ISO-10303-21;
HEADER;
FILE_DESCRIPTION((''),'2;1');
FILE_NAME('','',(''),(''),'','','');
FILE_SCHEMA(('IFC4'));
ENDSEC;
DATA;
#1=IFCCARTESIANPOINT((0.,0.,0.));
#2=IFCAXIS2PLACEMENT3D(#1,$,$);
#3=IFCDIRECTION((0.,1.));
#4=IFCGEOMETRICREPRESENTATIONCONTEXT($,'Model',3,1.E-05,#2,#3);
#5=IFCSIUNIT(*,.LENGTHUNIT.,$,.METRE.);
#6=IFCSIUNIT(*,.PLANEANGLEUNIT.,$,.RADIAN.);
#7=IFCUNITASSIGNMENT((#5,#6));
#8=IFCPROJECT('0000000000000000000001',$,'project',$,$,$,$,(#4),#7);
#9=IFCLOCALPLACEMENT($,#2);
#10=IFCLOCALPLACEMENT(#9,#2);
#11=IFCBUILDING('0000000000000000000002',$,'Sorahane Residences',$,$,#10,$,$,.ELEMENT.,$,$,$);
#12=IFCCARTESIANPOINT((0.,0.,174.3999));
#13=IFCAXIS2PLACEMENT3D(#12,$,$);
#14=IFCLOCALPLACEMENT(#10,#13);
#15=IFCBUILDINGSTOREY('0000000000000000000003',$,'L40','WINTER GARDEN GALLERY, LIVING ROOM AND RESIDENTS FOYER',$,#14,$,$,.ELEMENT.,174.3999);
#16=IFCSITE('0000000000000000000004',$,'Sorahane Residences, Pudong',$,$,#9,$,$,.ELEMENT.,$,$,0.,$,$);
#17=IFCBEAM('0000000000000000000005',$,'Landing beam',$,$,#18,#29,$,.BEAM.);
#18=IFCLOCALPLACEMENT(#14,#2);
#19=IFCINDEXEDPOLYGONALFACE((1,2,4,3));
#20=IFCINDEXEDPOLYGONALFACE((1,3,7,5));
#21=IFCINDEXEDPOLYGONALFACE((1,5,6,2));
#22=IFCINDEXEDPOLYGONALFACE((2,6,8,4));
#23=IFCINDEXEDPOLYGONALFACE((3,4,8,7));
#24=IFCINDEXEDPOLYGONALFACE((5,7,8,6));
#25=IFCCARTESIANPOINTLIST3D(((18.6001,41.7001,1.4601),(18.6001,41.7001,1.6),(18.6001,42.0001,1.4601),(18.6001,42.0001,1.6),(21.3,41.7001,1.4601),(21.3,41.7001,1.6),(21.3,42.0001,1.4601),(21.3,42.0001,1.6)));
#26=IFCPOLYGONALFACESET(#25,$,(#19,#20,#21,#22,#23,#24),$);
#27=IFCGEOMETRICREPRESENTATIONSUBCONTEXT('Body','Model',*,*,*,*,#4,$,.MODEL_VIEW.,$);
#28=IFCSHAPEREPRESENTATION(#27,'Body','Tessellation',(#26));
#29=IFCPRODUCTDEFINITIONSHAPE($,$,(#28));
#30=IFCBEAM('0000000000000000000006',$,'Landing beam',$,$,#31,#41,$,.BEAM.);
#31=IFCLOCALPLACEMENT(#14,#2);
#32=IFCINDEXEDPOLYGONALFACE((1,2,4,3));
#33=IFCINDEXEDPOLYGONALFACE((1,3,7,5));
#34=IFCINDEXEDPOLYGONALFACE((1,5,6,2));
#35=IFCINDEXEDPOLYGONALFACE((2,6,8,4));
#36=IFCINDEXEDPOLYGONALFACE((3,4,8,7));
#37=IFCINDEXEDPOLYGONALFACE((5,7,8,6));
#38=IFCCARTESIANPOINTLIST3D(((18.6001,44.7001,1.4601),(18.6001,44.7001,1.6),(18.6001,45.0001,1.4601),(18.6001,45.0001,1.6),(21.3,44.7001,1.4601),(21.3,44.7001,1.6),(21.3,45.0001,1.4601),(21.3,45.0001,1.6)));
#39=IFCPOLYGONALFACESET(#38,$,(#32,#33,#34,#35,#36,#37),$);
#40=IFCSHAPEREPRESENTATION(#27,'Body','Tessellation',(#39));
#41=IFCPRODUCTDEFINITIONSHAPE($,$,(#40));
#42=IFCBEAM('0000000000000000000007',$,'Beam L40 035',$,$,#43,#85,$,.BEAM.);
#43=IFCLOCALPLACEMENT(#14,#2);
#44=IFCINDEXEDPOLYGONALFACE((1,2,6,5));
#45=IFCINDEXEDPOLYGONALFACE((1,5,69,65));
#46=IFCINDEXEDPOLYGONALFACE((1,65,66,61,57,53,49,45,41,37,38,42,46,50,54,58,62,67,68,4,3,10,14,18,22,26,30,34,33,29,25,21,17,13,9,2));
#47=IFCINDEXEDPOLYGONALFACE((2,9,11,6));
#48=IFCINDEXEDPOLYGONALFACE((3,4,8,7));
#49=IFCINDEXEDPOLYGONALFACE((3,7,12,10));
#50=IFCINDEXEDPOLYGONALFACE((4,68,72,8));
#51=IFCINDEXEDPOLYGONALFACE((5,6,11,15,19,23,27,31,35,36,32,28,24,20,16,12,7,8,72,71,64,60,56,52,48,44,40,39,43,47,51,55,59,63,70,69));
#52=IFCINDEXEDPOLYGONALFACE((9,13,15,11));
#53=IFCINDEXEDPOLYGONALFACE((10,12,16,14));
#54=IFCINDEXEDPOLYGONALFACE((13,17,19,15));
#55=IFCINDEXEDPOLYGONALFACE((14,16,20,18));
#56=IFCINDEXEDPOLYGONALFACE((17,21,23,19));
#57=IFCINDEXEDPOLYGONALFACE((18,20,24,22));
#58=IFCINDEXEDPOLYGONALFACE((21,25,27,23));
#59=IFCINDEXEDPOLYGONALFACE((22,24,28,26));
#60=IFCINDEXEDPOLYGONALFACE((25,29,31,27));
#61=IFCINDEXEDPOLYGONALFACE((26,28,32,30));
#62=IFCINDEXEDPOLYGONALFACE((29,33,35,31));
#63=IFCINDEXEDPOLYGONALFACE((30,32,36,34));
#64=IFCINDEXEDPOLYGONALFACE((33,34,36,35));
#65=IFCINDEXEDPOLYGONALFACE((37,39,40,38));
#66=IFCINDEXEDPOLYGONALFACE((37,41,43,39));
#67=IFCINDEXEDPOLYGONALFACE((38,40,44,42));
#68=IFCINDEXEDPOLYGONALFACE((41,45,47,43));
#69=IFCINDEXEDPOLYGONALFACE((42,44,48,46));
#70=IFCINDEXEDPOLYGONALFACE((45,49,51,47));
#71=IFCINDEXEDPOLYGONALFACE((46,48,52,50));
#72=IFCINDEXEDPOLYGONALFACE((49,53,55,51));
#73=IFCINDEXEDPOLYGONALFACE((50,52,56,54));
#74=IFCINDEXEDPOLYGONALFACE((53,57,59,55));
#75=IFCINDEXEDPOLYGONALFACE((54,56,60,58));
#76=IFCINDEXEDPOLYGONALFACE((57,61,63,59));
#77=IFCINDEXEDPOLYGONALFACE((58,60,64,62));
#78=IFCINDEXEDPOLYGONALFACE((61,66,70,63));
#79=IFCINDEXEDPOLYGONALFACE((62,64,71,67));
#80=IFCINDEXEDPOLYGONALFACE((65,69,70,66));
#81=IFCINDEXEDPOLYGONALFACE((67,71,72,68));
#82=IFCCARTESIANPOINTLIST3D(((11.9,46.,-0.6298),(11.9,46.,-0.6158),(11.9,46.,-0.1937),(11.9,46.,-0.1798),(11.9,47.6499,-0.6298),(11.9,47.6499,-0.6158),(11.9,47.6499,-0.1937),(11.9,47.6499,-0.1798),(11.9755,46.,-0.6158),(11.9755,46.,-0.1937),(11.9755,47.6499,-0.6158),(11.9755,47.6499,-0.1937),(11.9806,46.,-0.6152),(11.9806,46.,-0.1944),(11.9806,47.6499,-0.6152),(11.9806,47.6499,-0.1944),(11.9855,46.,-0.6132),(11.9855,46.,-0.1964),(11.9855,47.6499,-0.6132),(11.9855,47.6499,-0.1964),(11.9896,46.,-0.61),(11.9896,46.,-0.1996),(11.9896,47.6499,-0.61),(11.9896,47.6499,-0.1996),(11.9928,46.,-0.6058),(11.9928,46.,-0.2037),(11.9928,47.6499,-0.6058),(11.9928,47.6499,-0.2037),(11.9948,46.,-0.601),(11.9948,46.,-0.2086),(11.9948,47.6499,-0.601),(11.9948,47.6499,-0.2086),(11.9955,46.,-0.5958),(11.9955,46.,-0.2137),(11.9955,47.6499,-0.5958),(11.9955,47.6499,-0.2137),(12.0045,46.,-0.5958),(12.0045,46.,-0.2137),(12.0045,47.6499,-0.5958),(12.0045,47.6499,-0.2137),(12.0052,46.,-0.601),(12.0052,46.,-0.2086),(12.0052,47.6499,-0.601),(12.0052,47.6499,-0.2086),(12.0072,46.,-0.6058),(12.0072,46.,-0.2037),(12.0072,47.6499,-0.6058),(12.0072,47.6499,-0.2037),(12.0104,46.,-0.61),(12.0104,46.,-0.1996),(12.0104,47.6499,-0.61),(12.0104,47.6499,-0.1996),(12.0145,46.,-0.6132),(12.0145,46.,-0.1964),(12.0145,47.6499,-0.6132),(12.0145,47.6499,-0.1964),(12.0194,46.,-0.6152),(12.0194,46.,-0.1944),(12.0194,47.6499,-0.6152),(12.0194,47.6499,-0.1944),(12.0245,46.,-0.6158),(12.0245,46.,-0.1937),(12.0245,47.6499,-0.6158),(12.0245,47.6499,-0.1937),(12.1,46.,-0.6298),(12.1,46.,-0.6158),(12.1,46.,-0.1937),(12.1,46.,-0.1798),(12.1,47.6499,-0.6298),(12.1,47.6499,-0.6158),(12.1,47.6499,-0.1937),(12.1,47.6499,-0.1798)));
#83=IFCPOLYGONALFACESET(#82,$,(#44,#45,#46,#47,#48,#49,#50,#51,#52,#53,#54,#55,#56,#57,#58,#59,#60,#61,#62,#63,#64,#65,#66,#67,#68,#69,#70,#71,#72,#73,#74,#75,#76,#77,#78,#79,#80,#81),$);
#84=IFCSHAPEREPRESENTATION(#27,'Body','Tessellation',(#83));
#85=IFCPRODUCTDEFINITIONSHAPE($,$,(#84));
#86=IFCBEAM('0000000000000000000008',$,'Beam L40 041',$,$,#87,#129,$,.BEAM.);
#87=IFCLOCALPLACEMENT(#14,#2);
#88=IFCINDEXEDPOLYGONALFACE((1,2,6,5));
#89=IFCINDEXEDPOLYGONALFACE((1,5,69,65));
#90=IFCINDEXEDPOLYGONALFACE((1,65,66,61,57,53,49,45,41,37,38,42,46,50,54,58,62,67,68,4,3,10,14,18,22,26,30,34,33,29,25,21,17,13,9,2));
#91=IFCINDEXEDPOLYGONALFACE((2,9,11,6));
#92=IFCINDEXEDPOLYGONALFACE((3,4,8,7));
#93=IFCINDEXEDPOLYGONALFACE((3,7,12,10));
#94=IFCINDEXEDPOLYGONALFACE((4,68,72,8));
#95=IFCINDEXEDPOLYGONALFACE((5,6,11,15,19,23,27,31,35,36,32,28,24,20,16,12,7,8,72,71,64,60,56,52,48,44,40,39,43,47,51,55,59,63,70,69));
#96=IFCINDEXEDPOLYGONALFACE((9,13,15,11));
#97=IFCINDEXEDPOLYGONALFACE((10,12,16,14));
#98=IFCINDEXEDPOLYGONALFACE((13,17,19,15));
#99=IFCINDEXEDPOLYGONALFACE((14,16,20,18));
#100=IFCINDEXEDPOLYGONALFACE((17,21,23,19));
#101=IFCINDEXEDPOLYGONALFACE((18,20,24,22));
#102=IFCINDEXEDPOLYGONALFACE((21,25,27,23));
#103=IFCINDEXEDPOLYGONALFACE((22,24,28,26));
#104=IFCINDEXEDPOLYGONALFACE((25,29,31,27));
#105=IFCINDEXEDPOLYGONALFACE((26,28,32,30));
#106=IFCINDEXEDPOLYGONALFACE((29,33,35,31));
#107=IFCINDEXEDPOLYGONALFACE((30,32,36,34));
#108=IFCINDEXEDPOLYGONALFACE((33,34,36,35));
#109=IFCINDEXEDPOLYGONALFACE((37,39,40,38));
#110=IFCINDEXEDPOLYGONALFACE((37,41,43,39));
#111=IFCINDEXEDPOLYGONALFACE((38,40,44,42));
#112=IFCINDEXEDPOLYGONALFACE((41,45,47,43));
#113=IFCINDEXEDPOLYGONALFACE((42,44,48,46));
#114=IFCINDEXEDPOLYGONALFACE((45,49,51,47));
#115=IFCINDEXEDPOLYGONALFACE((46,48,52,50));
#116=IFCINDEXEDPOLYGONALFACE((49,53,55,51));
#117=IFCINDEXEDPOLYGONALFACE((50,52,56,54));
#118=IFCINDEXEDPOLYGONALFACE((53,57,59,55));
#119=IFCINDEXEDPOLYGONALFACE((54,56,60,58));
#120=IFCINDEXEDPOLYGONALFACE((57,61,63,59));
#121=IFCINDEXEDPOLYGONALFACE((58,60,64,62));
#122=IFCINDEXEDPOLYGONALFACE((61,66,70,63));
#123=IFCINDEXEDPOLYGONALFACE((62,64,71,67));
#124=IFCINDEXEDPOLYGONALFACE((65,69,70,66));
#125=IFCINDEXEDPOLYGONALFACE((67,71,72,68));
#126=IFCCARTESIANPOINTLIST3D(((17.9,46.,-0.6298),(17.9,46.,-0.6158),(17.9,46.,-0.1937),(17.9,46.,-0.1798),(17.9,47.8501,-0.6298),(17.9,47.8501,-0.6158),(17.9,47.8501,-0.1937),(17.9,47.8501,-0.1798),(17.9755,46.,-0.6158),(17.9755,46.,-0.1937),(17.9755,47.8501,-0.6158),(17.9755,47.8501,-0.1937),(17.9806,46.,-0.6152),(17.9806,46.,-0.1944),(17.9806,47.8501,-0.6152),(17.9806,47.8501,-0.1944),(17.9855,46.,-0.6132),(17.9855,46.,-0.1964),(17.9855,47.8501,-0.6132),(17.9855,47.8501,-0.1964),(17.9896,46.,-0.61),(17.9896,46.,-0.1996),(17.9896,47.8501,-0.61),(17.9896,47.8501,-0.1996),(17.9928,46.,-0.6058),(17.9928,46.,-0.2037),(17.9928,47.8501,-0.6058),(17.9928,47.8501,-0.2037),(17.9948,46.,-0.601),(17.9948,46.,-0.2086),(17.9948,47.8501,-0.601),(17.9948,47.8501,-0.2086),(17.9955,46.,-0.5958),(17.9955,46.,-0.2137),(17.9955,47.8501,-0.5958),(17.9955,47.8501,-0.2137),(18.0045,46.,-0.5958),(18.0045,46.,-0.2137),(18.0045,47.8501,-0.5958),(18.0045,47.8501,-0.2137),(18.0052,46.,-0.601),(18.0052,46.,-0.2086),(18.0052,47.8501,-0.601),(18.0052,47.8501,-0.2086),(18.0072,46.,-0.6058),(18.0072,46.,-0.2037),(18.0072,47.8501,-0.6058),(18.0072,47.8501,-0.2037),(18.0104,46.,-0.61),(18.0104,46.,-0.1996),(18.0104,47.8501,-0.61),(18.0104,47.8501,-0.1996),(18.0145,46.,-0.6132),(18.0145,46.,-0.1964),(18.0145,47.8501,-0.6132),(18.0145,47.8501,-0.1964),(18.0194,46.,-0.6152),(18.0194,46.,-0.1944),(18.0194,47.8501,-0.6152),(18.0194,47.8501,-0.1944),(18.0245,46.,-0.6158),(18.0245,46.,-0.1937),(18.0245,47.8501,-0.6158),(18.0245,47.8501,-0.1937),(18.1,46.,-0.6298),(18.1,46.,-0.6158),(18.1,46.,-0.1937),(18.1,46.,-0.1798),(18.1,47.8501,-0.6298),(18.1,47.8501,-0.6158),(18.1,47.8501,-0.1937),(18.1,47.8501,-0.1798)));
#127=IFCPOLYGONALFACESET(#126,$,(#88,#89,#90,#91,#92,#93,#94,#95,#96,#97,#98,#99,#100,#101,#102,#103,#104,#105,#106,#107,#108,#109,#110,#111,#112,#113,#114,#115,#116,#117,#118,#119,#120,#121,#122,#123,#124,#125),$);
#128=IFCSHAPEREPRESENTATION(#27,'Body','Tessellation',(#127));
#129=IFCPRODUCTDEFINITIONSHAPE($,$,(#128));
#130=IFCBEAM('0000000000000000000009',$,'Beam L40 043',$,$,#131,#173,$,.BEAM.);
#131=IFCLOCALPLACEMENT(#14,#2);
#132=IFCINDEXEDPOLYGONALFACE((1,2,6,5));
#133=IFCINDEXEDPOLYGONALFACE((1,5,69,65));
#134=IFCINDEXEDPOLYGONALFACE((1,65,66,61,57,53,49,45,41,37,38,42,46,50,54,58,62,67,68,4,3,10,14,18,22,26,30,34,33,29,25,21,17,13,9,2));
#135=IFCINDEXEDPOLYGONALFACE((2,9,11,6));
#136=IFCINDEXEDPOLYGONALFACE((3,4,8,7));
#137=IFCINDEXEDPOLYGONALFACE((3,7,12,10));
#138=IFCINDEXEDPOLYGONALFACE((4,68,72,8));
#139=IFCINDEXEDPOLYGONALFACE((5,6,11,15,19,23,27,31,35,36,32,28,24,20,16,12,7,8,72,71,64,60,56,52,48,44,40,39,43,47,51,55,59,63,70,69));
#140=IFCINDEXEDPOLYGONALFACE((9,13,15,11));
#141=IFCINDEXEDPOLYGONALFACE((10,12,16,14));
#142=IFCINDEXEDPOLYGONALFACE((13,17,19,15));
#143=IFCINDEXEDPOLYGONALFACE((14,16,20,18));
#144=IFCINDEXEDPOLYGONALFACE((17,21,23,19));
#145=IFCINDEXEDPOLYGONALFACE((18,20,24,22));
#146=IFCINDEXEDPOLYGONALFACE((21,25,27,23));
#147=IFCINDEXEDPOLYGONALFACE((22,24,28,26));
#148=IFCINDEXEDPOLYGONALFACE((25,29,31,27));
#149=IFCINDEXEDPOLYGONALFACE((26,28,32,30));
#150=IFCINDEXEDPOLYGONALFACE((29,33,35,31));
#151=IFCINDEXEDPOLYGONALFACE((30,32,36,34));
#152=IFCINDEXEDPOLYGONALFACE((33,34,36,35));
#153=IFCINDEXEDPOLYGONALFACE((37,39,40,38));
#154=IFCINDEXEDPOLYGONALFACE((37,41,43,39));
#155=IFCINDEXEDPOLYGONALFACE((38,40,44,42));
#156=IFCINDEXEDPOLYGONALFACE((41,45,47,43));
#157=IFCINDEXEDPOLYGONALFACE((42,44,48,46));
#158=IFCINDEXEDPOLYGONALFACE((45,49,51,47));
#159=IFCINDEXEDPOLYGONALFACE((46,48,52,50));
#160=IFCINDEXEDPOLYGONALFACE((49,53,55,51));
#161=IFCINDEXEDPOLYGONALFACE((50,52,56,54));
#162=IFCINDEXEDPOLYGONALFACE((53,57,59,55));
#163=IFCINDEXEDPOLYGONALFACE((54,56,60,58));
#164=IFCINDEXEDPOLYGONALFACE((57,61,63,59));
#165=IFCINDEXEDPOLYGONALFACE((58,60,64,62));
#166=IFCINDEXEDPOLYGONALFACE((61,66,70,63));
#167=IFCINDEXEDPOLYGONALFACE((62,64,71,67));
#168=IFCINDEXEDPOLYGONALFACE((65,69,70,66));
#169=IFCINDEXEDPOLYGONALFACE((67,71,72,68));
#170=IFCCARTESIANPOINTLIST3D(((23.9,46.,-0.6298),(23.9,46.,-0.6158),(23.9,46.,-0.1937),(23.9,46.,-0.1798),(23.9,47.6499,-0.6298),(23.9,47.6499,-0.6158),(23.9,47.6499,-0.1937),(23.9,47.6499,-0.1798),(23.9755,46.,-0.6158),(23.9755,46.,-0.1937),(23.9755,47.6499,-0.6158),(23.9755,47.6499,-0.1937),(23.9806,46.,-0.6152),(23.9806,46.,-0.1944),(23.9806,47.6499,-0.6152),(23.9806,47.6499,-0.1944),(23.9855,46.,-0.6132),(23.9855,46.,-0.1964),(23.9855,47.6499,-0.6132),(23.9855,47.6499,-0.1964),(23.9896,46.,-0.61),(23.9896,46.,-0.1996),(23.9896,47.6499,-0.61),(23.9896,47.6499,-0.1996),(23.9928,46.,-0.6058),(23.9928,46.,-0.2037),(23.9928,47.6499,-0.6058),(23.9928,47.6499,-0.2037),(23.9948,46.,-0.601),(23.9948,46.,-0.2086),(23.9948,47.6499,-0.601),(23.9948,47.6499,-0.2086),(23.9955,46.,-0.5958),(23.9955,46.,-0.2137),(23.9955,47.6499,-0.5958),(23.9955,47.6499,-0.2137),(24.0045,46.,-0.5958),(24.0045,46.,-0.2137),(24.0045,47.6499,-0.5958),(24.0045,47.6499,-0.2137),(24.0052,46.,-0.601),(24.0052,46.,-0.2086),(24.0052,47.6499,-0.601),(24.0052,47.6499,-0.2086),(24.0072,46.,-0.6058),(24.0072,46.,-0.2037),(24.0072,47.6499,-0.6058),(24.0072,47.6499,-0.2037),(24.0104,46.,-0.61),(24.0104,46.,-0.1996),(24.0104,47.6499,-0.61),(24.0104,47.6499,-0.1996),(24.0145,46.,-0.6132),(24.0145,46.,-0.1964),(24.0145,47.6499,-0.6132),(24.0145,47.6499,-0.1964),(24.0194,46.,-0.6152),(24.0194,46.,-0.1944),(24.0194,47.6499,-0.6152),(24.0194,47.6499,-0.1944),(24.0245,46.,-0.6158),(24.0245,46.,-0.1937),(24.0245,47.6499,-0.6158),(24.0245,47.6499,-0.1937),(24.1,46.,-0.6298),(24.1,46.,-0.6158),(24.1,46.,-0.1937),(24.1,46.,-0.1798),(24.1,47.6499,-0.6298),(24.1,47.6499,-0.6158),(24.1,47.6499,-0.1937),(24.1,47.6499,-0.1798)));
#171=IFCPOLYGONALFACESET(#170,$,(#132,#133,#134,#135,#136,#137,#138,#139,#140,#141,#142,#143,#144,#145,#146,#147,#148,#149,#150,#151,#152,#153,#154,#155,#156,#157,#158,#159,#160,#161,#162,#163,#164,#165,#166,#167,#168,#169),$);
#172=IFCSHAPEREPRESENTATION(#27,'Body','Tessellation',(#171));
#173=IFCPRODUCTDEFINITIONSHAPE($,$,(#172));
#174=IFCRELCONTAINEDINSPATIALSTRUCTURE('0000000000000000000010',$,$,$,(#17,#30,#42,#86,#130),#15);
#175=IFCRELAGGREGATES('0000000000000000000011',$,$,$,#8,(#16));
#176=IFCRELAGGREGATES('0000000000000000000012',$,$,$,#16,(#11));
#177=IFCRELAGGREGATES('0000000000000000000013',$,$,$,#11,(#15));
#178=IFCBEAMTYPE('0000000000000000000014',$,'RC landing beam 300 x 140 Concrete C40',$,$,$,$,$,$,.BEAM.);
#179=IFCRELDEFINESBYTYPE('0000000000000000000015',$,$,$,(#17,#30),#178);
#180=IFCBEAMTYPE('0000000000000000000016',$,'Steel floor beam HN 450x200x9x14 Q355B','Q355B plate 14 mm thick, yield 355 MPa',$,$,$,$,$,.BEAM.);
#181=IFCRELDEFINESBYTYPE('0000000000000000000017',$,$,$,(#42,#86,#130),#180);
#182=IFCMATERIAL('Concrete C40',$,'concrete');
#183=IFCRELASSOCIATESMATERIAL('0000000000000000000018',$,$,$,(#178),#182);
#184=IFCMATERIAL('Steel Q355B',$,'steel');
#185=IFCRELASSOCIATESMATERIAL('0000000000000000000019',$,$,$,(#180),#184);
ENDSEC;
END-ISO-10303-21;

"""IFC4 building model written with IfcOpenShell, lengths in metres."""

from ifc_helpers import new_model, si_unit, direction, frame, origin, origin_2d, place, context, subcontext, project, spatial, rectangle, i_section, extrude, material, material_profile, profile_set, type_object, element, save


model = new_model("IFC4")

# Units and contexts
model_context = context("Model", 3, precision=1e-05, world=origin(), true_north=direction((0.0, 1.0)))
body_context = subcontext(model_context, "Body", "Model", "MODEL_VIEW")
ifc_project = project(units=[si_unit("LENGTHUNIT", "METRE"), si_unit("PLANEANGLEUNIT", "RADIAN")], contexts=[model_context])

# Site, building, storey
site_placement = place(None, origin())
site = spatial("IfcSite", under=ifc_project, at=site_placement, Name="Sorahane Residences, Pudong", CompositionType="ELEMENT", RefElevation=0.0)
building_placement = place(site_placement, origin())
building = spatial("IfcBuilding", under=site, at=building_placement, Name="Sorahane Residences", CompositionType="ELEMENT")
storey_placement = place(building_placement, frame((0.0, 0.0, 174.3999)))
storey = spatial("IfcBuildingStorey", under=building, at=storey_placement, Name="L40", Description="WINTER GARDEN GALLERY, LIVING ROOM AND RESIDENTS FOYER", CompositionType="ELEMENT", Elevation=174.3999)

# Beams
ifc_material_1 = material(Name="Concrete C40", Category="concrete")
ifc_material_profile_1 = material_profile(ifc_material_1, rectangle(XDim=0.3, YDim=0.1399, at=origin_2d()), Name="300x140")
ifc_profile_set_1 = profile_set([ifc_material_profile_1], Name="Concrete C40")
beam_type_1 = type_object("IfcBeamType", Name="RC landing beam 300 x 140 Concrete C40", PredefinedType="BEAM", material=ifc_profile_set_1)
for number, where, z_axis, x_axis, name in (
    (1, (18.6001, 41.8501, 1.53), (1.0, 0.0, 0.0), (0.0, 1.0, 0.0), "Landing beam"),
    (2, (18.6001, 44.8501, 1.53), (1.0, 0.0, 0.0), (0.0, 1.0, 0.0), "Landing beam"),
):
    element("IfcBeam", number, at=place(storey_placement, frame(where, z_axis=z_axis, x_axis=x_axis)), inside=storey, type_object=beam_type_1, Name=name, PredefinedType="BEAM", context=body_context, shape_type="SweptSolid", body=[
        extrude(rectangle(XDim=0.3, YDim=0.1399, at=origin_2d()), origin(), (0.0, 0.0, 1.0), 2.7),
    ])
ifc_material_2 = material(Name="Steel Q355B", Category="steel")
ifc_material_profile_2 = material_profile(ifc_material_2, i_section(OverallWidth=0.2, OverallDepth=0.45, WebThickness=0.009, FlangeThickness=0.0139, FilletRadius=0.02, at=origin_2d()), Name="HN 450x200x9x14")
ifc_profile_set_2 = profile_set([ifc_material_profile_2], Name="Steel Q355B")
beam_type_2 = type_object("IfcBeamType", Name="Steel floor beam HN 450x200x9x14 Q355B", Description="Q355B plate 14 mm thick, yield 355 MPa", PredefinedType="BEAM", material=ifc_profile_set_2)
beam_1_placement = place(storey_placement, frame((12.0, 46.0, -0.4048), z_axis=(0.0, 1.0, 0.0), x_axis=(-1.0, 0.0, 0.0)))
element("IfcBeam", 3, at=beam_1_placement, inside=storey, type_object=beam_type_2, Name="Beam L40 035", PredefinedType="BEAM", context=body_context, shape_type="SweptSolid", body=[
    extrude(i_section(OverallWidth=0.2, OverallDepth=0.45, WebThickness=0.009, FlangeThickness=0.0139, FilletRadius=0.02, at=origin_2d()), origin(), (0.0, 0.0, 1.0), 1.6499),
])
beam_2_placement = place(storey_placement, frame((18.0, 46.0, -0.4048), z_axis=(0.0, 1.0, 0.0), x_axis=(-1.0, 0.0, 0.0)))
element("IfcBeam", 4, at=beam_2_placement, inside=storey, type_object=beam_type_2, Name="Beam L40 041", PredefinedType="BEAM", context=body_context, shape_type="SweptSolid", body=[
    extrude(i_section(OverallWidth=0.2, OverallDepth=0.45, WebThickness=0.009, FlangeThickness=0.0139, FilletRadius=0.02, at=origin_2d()), origin(), (0.0, 0.0, 1.0), 1.8501),
])
beam_3_placement = place(storey_placement, frame((24.0, 46.0, -0.4048), z_axis=(0.0, 1.0, 0.0), x_axis=(-1.0, 0.0, 0.0)))
element("IfcBeam", 5, at=beam_3_placement, inside=storey, type_object=beam_type_2, Name="Beam L40 043", PredefinedType="BEAM", context=body_context, shape_type="SweptSolid", body=[
    extrude(i_section(OverallWidth=0.2, OverallDepth=0.45, WebThickness=0.009, FlangeThickness=0.0139, FilletRadius=0.02, at=origin_2d()), origin(), (0.0, 0.0, 1.0), 1.6499),
])

save(model, "model.ifc")
